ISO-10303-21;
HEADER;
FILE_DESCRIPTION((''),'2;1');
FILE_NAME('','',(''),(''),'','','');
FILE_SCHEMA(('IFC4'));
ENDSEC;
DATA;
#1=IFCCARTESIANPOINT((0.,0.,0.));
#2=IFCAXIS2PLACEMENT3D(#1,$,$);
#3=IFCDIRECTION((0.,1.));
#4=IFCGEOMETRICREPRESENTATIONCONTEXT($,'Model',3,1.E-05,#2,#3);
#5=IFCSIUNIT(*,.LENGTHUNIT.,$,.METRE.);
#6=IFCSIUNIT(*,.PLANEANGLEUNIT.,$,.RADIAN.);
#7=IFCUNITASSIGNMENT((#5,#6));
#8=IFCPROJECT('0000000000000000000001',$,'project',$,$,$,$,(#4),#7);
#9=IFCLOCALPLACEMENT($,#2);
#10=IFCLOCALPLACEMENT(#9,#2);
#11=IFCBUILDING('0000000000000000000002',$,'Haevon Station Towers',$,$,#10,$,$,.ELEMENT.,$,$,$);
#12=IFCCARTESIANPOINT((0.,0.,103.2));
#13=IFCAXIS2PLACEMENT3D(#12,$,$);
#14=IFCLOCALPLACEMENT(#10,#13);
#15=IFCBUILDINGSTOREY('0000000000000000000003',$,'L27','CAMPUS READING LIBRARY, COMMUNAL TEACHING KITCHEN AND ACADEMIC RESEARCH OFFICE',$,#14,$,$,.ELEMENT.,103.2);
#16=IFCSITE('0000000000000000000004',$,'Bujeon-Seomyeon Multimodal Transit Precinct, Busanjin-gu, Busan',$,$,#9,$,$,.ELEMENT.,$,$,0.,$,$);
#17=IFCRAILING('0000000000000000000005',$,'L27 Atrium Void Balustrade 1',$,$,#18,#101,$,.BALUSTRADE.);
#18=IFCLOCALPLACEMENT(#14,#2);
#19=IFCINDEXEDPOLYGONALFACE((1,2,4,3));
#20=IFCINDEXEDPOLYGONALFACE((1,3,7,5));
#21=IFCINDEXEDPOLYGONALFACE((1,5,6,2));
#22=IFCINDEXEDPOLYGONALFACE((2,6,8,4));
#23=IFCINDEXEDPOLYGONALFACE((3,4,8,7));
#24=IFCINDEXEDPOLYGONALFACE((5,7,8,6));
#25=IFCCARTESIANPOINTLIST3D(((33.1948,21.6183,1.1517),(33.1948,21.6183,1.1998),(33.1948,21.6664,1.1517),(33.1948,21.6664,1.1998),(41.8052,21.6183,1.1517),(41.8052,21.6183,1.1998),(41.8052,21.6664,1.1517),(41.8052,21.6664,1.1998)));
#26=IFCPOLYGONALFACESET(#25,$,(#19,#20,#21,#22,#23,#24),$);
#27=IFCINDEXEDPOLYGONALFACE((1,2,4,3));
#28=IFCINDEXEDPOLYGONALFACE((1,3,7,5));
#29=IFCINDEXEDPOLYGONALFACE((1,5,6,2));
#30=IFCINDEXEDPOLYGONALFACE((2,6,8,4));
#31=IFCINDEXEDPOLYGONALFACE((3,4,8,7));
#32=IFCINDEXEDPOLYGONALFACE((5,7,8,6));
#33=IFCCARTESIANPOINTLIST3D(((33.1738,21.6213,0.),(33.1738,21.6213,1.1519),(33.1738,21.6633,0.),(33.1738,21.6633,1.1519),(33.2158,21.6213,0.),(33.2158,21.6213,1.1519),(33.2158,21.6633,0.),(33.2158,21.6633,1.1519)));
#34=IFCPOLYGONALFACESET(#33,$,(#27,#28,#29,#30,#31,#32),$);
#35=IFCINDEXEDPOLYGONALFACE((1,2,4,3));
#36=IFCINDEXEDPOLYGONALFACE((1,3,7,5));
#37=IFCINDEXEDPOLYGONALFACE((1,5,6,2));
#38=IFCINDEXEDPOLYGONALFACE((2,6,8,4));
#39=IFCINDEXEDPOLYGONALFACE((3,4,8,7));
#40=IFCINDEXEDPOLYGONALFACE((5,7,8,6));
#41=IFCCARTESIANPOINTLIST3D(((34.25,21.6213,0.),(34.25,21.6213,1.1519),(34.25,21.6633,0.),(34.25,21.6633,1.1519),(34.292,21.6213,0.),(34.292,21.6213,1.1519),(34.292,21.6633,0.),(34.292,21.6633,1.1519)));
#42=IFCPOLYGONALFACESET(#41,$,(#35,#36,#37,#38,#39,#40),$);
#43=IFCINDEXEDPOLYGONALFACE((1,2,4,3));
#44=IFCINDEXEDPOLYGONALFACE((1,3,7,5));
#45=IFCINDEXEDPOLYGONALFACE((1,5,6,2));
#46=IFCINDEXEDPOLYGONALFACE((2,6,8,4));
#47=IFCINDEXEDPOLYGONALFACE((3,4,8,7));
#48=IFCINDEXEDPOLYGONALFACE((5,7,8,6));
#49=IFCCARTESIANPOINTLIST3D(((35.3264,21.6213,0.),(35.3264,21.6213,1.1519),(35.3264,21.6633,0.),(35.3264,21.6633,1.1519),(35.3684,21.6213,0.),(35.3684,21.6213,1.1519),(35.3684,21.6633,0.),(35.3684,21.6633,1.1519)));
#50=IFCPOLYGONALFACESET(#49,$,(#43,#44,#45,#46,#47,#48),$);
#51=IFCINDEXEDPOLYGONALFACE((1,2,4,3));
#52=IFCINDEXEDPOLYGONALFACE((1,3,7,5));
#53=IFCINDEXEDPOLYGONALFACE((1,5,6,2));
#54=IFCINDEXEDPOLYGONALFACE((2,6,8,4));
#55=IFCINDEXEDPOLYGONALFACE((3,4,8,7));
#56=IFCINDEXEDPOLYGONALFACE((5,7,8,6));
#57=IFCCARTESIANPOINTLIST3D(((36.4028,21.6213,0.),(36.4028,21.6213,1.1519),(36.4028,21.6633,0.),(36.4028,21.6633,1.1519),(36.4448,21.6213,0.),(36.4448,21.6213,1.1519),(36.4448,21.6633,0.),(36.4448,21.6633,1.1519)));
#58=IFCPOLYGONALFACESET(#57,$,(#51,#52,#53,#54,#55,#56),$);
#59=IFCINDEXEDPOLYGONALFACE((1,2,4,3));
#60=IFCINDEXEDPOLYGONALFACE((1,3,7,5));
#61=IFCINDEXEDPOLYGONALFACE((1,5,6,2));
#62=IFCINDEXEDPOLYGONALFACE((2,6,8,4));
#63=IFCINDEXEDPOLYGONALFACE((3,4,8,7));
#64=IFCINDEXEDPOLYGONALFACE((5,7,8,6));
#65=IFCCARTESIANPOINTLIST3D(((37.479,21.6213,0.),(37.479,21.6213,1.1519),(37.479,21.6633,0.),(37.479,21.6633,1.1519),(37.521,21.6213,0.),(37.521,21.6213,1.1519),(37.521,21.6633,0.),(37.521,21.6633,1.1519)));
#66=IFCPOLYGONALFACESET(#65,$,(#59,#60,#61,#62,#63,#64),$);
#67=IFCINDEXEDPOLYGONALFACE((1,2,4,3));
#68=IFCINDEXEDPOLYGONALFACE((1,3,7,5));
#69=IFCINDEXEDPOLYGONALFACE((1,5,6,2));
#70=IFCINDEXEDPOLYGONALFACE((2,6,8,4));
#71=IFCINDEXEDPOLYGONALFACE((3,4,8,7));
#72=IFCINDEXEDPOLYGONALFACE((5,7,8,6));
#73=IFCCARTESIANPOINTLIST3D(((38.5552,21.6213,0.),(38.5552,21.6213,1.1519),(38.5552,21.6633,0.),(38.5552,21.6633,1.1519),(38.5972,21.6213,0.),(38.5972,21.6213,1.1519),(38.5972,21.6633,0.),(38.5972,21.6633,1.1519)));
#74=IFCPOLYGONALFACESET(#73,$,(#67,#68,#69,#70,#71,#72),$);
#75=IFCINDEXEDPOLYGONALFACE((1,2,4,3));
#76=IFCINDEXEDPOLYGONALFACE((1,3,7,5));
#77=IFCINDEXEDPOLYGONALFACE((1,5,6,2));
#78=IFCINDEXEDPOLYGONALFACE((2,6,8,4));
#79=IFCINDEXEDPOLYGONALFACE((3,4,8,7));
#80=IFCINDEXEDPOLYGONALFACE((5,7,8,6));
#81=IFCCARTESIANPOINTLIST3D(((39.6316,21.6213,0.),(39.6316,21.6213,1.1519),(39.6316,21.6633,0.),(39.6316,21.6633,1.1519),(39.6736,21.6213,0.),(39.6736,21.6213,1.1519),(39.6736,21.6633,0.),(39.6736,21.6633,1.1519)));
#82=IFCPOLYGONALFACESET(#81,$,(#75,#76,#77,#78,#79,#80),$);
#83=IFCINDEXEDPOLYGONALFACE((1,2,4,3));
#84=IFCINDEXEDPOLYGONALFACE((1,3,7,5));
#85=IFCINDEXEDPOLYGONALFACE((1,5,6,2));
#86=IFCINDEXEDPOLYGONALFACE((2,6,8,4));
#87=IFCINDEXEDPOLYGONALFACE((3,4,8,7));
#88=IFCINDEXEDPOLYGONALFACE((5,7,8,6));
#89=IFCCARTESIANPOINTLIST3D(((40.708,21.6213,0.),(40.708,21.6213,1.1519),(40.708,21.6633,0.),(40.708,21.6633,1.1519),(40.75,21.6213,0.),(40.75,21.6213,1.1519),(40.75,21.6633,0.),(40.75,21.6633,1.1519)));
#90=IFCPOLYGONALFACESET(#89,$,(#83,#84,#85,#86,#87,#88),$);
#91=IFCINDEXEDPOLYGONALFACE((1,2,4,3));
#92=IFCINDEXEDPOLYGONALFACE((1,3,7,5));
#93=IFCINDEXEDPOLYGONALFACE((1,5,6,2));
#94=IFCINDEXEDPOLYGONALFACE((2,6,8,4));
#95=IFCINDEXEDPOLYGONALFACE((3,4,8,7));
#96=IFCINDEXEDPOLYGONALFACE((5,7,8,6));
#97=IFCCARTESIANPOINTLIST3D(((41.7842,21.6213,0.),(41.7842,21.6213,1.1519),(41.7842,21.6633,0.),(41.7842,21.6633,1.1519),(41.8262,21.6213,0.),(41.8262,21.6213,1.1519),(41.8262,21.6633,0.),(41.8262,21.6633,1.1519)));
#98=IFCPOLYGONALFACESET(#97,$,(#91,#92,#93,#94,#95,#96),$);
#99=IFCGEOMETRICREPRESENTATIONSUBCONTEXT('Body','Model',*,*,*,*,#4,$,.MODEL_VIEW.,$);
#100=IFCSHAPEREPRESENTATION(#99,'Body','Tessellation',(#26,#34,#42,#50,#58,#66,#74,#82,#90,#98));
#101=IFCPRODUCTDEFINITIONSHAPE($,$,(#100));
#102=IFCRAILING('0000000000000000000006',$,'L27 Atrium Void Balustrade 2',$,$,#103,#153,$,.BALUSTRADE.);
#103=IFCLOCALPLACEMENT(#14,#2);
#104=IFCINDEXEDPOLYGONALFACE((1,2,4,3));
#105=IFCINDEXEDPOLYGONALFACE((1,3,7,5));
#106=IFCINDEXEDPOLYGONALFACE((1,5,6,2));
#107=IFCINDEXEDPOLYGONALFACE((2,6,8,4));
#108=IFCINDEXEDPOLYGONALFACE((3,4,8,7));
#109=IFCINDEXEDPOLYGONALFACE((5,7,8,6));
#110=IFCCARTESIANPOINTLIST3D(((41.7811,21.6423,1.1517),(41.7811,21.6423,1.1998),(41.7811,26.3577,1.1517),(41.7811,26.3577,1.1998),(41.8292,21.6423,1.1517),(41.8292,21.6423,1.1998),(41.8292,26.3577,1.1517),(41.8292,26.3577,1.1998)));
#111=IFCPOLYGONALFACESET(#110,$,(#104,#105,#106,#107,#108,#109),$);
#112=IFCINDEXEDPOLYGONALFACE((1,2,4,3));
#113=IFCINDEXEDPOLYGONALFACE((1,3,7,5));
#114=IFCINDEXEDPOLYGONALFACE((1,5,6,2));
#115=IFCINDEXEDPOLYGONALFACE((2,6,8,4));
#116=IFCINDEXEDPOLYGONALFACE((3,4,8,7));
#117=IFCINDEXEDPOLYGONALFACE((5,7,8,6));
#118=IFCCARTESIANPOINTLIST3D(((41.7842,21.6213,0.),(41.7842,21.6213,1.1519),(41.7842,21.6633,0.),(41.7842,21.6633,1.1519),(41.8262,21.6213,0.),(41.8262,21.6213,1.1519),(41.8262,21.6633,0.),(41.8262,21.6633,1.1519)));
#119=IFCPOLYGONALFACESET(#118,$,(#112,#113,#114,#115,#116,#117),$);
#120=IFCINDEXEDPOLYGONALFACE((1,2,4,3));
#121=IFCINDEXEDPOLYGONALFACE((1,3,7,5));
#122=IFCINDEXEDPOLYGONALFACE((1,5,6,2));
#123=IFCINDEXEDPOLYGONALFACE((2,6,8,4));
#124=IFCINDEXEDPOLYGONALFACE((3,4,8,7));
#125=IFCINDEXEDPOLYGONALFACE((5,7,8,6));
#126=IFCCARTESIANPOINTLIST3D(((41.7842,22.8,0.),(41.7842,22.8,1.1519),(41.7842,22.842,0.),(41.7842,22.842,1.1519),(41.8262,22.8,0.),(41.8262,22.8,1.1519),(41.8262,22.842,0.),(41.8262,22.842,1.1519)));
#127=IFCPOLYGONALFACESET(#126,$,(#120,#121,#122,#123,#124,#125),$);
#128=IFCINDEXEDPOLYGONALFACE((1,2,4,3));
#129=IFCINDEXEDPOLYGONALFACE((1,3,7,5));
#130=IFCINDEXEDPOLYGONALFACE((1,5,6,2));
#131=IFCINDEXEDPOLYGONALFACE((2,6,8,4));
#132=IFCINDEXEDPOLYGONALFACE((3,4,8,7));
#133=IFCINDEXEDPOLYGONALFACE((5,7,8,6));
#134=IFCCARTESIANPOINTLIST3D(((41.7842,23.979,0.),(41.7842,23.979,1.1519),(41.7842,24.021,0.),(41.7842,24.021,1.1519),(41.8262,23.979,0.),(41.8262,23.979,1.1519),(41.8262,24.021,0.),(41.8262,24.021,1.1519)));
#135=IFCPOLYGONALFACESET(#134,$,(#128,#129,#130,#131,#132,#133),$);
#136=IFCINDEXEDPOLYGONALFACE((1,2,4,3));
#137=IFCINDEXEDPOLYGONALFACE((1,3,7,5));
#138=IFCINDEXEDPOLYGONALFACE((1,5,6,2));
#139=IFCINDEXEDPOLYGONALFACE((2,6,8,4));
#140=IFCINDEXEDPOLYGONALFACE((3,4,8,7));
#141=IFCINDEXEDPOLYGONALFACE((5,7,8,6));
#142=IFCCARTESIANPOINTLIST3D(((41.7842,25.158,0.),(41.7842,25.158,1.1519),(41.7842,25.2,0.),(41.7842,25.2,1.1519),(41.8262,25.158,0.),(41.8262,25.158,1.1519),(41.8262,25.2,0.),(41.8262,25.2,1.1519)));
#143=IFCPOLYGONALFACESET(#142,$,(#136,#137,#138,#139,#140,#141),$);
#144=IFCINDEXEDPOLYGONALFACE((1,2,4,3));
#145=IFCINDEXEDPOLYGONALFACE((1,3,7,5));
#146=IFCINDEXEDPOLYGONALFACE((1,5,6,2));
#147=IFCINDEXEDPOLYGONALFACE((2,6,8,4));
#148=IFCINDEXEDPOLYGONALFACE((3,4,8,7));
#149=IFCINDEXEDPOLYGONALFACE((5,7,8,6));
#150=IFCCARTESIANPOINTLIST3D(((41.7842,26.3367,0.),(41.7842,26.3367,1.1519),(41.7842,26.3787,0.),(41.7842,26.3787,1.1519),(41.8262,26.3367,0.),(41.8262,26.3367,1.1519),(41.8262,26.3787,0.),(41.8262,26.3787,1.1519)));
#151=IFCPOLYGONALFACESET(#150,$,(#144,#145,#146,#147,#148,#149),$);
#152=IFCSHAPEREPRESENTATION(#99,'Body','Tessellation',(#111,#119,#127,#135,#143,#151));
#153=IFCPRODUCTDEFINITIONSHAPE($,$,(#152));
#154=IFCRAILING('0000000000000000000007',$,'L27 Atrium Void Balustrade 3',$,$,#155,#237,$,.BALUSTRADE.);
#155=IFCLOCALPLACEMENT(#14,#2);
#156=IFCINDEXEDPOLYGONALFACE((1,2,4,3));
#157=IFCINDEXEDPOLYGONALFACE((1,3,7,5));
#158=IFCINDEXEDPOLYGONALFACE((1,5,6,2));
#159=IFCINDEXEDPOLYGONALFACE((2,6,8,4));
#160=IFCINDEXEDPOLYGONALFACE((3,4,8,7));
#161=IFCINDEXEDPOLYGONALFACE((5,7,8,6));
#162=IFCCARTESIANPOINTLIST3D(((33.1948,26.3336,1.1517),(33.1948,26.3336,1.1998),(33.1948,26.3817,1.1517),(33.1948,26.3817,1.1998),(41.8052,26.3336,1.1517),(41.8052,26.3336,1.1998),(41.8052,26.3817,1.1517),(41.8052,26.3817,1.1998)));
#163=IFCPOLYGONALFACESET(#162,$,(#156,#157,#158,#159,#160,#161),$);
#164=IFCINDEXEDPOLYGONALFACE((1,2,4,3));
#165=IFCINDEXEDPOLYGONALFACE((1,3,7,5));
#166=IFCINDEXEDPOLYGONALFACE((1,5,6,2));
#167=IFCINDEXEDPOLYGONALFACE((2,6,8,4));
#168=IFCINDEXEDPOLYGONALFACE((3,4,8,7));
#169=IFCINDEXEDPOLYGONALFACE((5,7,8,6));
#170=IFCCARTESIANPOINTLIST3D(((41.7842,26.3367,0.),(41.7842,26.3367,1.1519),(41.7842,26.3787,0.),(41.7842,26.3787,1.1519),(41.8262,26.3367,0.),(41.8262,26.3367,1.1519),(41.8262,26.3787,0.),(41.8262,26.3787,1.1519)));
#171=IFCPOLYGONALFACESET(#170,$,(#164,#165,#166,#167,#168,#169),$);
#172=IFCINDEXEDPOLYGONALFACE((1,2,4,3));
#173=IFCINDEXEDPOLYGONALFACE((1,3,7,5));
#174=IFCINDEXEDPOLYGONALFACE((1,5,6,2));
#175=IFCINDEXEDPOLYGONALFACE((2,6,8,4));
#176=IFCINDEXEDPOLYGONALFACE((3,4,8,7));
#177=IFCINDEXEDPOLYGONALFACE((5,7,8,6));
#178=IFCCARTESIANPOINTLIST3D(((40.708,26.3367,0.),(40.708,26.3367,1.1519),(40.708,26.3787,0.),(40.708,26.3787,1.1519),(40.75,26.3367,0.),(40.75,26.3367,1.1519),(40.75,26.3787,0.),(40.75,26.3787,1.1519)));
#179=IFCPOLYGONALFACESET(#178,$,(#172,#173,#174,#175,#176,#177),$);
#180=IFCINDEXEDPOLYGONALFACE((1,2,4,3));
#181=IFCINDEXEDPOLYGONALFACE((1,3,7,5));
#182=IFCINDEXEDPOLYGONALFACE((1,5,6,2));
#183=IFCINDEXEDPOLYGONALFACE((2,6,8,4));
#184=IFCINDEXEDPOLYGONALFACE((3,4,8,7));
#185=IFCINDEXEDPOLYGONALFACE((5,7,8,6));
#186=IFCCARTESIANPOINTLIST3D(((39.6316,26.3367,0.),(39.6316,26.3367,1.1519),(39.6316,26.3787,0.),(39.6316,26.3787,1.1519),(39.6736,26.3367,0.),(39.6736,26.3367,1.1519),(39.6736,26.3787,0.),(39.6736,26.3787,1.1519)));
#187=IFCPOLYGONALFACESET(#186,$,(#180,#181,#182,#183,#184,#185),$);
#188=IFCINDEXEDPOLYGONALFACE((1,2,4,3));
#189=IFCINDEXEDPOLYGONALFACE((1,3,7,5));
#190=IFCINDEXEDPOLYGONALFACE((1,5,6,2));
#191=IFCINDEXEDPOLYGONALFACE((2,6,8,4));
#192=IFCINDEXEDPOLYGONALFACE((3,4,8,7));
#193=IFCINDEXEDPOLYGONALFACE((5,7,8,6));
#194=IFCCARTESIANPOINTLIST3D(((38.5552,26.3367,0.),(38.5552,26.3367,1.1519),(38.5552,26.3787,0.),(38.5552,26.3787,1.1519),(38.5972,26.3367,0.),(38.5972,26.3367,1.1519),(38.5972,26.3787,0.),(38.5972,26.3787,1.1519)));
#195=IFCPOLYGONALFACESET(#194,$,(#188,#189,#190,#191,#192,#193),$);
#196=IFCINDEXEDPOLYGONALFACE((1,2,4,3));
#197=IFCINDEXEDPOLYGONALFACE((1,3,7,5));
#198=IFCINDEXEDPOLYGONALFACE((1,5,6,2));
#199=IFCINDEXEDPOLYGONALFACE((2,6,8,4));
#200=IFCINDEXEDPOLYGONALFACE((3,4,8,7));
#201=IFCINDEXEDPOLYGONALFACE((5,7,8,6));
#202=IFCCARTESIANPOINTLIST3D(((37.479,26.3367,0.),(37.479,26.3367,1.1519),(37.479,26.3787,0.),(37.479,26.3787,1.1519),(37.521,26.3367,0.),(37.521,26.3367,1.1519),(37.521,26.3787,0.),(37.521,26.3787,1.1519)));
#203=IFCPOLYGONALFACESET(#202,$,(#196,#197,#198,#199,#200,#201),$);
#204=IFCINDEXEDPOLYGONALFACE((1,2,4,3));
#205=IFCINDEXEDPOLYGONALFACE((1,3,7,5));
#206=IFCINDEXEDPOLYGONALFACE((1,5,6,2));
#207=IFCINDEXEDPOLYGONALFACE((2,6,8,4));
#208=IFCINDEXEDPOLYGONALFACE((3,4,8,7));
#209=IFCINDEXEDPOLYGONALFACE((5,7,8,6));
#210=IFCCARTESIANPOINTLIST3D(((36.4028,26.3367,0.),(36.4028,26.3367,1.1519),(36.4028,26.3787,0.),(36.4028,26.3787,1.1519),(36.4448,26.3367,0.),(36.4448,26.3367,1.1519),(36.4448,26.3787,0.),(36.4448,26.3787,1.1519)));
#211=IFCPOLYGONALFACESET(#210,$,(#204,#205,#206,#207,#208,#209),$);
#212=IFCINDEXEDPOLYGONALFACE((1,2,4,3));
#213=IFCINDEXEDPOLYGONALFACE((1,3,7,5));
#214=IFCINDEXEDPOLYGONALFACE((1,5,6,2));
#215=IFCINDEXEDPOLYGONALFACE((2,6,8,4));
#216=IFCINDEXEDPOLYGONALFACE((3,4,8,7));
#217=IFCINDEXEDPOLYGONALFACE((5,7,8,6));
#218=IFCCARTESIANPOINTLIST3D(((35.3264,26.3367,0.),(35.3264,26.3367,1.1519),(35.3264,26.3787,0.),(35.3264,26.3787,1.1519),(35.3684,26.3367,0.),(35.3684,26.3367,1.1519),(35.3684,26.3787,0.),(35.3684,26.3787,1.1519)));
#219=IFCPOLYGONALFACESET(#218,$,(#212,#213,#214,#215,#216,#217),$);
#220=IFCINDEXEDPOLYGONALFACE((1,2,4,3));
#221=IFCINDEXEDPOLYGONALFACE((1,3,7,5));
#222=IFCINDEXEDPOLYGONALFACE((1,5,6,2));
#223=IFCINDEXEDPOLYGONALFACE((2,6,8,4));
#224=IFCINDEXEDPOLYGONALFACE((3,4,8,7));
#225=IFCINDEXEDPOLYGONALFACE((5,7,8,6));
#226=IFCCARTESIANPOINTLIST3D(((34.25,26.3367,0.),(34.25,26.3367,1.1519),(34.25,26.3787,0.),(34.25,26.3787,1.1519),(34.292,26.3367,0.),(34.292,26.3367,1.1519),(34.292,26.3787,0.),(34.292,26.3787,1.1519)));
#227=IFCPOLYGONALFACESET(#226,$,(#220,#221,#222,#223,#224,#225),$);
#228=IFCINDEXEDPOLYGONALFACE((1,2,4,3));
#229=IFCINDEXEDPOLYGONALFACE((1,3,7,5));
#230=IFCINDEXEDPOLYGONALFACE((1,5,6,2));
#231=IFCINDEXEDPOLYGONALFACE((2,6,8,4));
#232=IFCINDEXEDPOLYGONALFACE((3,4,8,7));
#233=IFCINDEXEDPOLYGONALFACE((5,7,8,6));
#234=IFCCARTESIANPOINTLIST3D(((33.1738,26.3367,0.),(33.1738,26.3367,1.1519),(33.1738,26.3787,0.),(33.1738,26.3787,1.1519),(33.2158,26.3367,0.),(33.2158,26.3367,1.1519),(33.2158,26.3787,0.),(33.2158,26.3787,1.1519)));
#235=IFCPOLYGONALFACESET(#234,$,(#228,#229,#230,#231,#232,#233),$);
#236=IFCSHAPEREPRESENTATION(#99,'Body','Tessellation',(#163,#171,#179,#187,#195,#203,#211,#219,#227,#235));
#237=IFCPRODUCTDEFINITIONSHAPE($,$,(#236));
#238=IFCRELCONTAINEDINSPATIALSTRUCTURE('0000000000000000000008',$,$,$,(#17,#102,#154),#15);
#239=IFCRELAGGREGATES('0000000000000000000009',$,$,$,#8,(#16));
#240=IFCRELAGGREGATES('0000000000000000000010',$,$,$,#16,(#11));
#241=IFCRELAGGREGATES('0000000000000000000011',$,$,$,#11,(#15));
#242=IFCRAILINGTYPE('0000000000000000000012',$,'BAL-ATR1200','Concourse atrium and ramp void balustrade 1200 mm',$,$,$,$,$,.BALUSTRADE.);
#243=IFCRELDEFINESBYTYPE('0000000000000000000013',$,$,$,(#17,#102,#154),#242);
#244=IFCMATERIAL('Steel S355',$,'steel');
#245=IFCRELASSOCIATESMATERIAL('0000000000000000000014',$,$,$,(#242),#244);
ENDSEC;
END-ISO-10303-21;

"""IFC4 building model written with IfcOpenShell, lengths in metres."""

from ifc_helpers import new_model, si_unit, direction, frame, origin, origin_2d, place, context, subcontext, project, spatial, rectangle, extrude, material, type_object, element, save


model = new_model("IFC4")

# Units and contexts
model_context = context("Model", 3, precision=1e-05, world=origin(), true_north=direction((0.0, 1.0)))
body_context = subcontext(model_context, "Body", "Model", "MODEL_VIEW")
ifc_project = project(units=[si_unit("LENGTHUNIT", "METRE"), si_unit("PLANEANGLEUNIT", "RADIAN")], contexts=[model_context])

# Site, building, storey
site_placement = place(None, origin())
site = spatial("IfcSite", under=ifc_project, at=site_placement, Name="Bujeon-Seomyeon Multimodal Transit Precinct, Busanjin-gu, Busan", CompositionType="ELEMENT", RefElevation=0.0)
building_placement = place(site_placement, origin())
building = spatial("IfcBuilding", under=site, at=building_placement, Name="Haevon Station Towers", CompositionType="ELEMENT")
storey_placement = place(building_placement, frame((0.0, 0.0, 103.2)))
storey = spatial("IfcBuildingStorey", under=building, at=storey_placement, Name="L27", Description="CAMPUS READING LIBRARY, COMMUNAL TEACHING KITCHEN AND ACADEMIC RESEARCH OFFICE", CompositionType="ELEMENT", Elevation=103.2)

# Shared definitions
ifc_material_1 = material(Name="Steel S355", Category="steel")

# Railings
railing_type_1 = type_object("IfcRailingType", Name="BAL-ATR1200", Description="Concourse atrium and ramp void balustrade 1200 mm", PredefinedType="BALUSTRADE", material=ifc_material_1)
railing_1_placement = place(storey_placement, frame((33.1948, 21.6423, 0.0)))
element("IfcRailing", 1, at=railing_1_placement, inside=storey, type_object=railing_type_1, Name="L27 Atrium Void Balustrade 1", PredefinedType="BALUSTRADE", context=body_context, shape_type="SweptSolid", body=[
    extrude(rectangle(XDim=0.0481, YDim=0.0481, at=origin_2d()), frame((0.0, 0.0, 1.1758), z_axis=(1.0, 0.0, 0.0), x_axis=(0.0, 1.0, 0.0)), (0.0, 0.0, 1.0), 8.6104),
    extrude(rectangle(XDim=0.042, YDim=0.042, at=origin_2d()), origin(), (0.0, 0.0, 1.0), 1.1519),
    extrude(rectangle(XDim=0.042, YDim=0.042, at=origin_2d()), frame((1.0762, 0.0, 0.0)), (0.0, 0.0, 1.0), 1.1519),
    extrude(rectangle(XDim=0.042, YDim=0.042, at=origin_2d()), frame((2.1526, 0.0, 0.0)), (0.0, 0.0, 1.0), 1.1519),
    extrude(rectangle(XDim=0.042, YDim=0.042, at=origin_2d()), frame((3.229, 0.0, 0.0)), (0.0, 0.0, 1.0), 1.1519),
    extrude(rectangle(XDim=0.042, YDim=0.042, at=origin_2d()), frame((4.3052, 0.0, 0.0)), (0.0, 0.0, 1.0), 1.1519),
    extrude(rectangle(XDim=0.042, YDim=0.042, at=origin_2d()), frame((5.3813, 0.0, 0.0)), (0.0, 0.0, 1.0), 1.1519),
    extrude(rectangle(XDim=0.042, YDim=0.042, at=origin_2d()), frame((6.4578, 0.0, 0.0)), (0.0, 0.0, 1.0), 1.1519),
    extrude(rectangle(XDim=0.042, YDim=0.042, at=origin_2d()), frame((7.5342, 0.0, 0.0)), (0.0, 0.0, 1.0), 1.1519),
    extrude(rectangle(XDim=0.042, YDim=0.042, at=origin_2d()), frame((8.6104, 0.0, 0.0)), (0.0, 0.0, 1.0), 1.1519),
])
railing_2_placement = place(storey_placement, frame((41.8052, 21.6423, 0.0)))
element("IfcRailing", 2, at=railing_2_placement, inside=storey, type_object=railing_type_1, Name="L27 Atrium Void Balustrade 2", PredefinedType="BALUSTRADE", context=body_context, shape_type="SweptSolid", body=[
    extrude(rectangle(XDim=0.0481, YDim=0.0481, at=origin_2d()), frame((0.0, 0.0, 1.1758), z_axis=(0.0, 1.0, 0.0), x_axis=(-1.0, 0.0, 0.0)), (0.0, 0.0, 1.0), 4.7153),
    extrude(rectangle(XDim=0.042, YDim=0.042, at=origin_2d()), origin(), (0.0, 0.0, 1.0), 1.1519),
    extrude(rectangle(XDim=0.042, YDim=0.042, at=origin_2d()), frame((0.0, 1.1787, 0.0)), (0.0, 0.0, 1.0), 1.1519),
    extrude(rectangle(XDim=0.042, YDim=0.042, at=origin_2d()), frame((0.0, 2.3577, 0.0)), (0.0, 0.0, 1.0), 1.1519),
    extrude(rectangle(XDim=0.042, YDim=0.042, at=origin_2d()), frame((0.0, 3.5366, 0.0)), (0.0, 0.0, 1.0), 1.1519),
    extrude(rectangle(XDim=0.042, YDim=0.042, at=origin_2d()), frame((0.0, 4.7153, 0.0)), (0.0, 0.0, 1.0), 1.1519),
])
railing_3_placement = place(storey_placement, frame((41.8052, 26.3577, 0.0)))
element("IfcRailing", 3, at=railing_3_placement, inside=storey, type_object=railing_type_1, Name="L27 Atrium Void Balustrade 3", PredefinedType="BALUSTRADE", context=body_context, shape_type="SweptSolid", body=[
    extrude(rectangle(XDim=0.0481, YDim=0.0481, at=origin_2d()), frame((0.0, 0.0, 1.1758), z_axis=(-1.0, 0.0, 0.0), x_axis=(0.0, -1.0, 0.0)), (0.0, 0.0, 1.0), 8.6104),
    extrude(rectangle(XDim=0.042, YDim=0.042, at=origin_2d()), origin(), (0.0, 0.0, 1.0), 1.1519),
    extrude(rectangle(XDim=0.042, YDim=0.042, at=origin_2d()), frame((-1.0762, 0.0, 0.0)), (0.0, 0.0, 1.0), 1.1519),
    extrude(rectangle(XDim=0.042, YDim=0.042, at=origin_2d()), frame((-2.1526, 0.0, 0.0)), (0.0, 0.0, 1.0), 1.1519),
    extrude(rectangle(XDim=0.042, YDim=0.042, at=origin_2d()), frame((-3.229, 0.0, 0.0)), (0.0, 0.0, 1.0), 1.1519),
    extrude(rectangle(XDim=0.042, YDim=0.042, at=origin_2d()), frame((-4.3052, 0.0, 0.0)), (0.0, 0.0, 1.0), 1.1519),
    extrude(rectangle(XDim=0.042, YDim=0.042, at=origin_2d()), frame((-5.3813, 0.0, 0.0)), (0.0, 0.0, 1.0), 1.1519),
    extrude(rectangle(XDim=0.042, YDim=0.042, at=origin_2d()), frame((-6.4578, 0.0, 0.0)), (0.0, 0.0, 1.0), 1.1519),
    extrude(rectangle(XDim=0.042, YDim=0.042, at=origin_2d()), frame((-7.5342, 0.0, 0.0)), (0.0, 0.0, 1.0), 1.1519),
    extrude(rectangle(XDim=0.042, YDim=0.042, at=origin_2d()), frame((-8.6104, 0.0, 0.0)), (0.0, 0.0, 1.0), 1.1519),
])

save(model, "model.ifc")
